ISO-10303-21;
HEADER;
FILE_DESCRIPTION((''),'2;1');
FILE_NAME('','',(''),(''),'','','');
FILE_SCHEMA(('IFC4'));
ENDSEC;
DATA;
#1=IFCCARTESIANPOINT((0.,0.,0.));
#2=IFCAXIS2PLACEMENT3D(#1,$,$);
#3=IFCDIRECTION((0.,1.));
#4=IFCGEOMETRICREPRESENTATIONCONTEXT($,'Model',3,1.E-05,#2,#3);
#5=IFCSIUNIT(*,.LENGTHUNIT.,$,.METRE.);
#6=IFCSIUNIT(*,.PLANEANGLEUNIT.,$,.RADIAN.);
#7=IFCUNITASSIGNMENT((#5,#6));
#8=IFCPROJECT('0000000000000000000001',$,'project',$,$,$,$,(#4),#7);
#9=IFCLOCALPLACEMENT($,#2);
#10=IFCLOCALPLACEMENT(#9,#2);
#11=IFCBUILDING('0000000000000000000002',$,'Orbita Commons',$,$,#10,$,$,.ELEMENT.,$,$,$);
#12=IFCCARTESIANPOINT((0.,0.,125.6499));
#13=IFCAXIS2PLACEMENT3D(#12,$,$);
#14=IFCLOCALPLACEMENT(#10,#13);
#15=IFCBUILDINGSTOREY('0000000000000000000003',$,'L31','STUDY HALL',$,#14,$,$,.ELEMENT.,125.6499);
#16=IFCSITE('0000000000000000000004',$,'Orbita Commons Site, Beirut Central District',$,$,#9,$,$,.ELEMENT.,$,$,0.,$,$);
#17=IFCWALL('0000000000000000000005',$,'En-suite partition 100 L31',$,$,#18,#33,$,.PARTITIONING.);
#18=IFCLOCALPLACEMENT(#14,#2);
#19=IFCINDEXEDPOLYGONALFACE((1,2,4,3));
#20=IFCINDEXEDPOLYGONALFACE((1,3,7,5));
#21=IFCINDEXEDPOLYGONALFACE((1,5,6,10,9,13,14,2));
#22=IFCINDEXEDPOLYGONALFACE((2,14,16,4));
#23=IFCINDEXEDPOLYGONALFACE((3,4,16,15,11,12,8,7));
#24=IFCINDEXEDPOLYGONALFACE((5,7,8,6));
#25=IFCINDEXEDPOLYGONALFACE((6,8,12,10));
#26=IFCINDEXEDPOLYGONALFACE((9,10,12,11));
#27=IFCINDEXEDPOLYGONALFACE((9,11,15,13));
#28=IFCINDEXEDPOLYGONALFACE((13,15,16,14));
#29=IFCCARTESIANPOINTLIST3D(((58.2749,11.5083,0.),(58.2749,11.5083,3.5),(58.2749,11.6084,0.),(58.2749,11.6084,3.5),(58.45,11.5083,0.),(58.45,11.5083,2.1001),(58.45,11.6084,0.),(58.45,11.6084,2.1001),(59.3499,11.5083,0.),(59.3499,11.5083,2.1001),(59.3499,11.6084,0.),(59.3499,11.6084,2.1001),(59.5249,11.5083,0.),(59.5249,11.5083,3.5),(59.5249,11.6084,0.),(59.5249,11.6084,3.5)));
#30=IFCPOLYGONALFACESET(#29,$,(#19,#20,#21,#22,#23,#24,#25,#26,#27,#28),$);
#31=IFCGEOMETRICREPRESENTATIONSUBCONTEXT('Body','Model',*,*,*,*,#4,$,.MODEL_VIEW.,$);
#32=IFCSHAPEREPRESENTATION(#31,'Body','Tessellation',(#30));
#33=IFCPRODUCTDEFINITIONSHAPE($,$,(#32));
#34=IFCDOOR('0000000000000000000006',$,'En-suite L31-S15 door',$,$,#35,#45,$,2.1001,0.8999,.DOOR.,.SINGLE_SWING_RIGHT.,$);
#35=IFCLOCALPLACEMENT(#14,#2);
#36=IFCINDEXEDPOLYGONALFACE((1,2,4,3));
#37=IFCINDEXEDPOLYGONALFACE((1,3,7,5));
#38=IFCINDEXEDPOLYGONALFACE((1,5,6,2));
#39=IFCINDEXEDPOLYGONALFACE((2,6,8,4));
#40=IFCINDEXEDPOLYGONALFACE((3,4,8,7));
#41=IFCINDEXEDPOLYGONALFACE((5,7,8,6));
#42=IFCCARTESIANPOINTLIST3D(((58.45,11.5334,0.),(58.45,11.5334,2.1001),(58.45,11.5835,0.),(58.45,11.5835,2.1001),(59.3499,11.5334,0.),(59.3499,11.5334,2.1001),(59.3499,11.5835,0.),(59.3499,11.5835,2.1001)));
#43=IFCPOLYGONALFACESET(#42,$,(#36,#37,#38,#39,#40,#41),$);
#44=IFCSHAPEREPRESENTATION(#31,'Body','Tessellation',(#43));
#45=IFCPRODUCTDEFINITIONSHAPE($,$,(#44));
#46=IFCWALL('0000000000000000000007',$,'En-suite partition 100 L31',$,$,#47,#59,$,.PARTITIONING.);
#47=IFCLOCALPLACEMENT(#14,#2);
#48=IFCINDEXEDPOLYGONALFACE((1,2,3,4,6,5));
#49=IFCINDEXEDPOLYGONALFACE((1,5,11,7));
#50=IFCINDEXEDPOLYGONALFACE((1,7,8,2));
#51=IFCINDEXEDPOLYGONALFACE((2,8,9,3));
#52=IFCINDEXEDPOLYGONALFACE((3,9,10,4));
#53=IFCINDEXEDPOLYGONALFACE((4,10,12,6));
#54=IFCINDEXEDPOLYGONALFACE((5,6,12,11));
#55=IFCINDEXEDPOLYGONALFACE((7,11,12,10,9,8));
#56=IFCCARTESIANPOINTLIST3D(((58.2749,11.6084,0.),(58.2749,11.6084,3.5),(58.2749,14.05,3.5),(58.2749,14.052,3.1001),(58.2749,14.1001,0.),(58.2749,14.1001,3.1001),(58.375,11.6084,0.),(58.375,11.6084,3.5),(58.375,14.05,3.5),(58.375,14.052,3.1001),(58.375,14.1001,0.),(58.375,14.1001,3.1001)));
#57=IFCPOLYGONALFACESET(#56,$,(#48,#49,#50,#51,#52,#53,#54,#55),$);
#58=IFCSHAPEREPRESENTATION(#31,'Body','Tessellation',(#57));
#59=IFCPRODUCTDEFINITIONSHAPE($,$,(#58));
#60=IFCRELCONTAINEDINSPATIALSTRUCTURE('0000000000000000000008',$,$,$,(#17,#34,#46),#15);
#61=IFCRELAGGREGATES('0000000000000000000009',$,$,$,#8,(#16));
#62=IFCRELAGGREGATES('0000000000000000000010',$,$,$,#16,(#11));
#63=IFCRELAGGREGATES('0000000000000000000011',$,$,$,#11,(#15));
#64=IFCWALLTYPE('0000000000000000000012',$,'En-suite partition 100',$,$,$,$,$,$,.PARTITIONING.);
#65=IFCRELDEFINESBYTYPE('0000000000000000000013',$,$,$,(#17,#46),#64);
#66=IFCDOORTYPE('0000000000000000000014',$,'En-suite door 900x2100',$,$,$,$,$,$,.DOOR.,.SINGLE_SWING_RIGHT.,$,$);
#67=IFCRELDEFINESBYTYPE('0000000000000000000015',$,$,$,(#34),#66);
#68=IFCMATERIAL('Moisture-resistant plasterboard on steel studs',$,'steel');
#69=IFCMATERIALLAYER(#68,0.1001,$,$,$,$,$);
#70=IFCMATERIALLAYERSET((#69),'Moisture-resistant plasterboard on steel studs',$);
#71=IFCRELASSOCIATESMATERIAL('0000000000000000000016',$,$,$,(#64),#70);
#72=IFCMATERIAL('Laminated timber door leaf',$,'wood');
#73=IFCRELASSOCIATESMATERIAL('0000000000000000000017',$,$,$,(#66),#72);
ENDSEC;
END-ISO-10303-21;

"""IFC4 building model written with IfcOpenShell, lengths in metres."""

from ifc_helpers import new_model, si_unit, direction, frame, frame_2d, origin, place, context, subcontext, project, spatial, polyline, rectangle, outline, extrude, material, layer, layer_set, type_object, element, fill, save


model = new_model("IFC4")

# Units and contexts
model_context = context("Model", 3, precision=1e-05, world=origin(), true_north=direction((0.0, 1.0)))
body_context = subcontext(model_context, "Body", "Model", "MODEL_VIEW")
ifc_project = project(units=[si_unit("LENGTHUNIT", "METRE"), si_unit("PLANEANGLEUNIT", "RADIAN")], contexts=[model_context])

# Site, building, storey
site_placement = place(None, origin())
site = spatial("IfcSite", under=ifc_project, at=site_placement, Name="Orbita Commons Site, Beirut Central District", CompositionType="ELEMENT", RefElevation=0.0)
building_placement = place(site_placement, origin())
building = spatial("IfcBuilding", under=site, at=building_placement, Name="Orbita Commons", CompositionType="ELEMENT")
storey_placement = place(building_placement, frame((0.0, 0.0, 125.6499)))
storey = spatial("IfcBuildingStorey", under=building, at=storey_placement, Name="L31", Description="STUDY HALL", CompositionType="ELEMENT", Elevation=125.6499)

# Shared definitions
ifc_material_1 = material(Name="Moisture-resistant plasterboard on steel studs", Category="steel")
ifc_layer_1 = layer(ifc_material_1, 0.1001)
ifc_layer_set_1 = layer_set([ifc_layer_1], Name="Moisture-resistant plasterboard on steel studs")
wall_type_1 = type_object("IfcWallType", Name="En-suite partition 100", PredefinedType="PARTITIONING", material=ifc_layer_set_1)
ifc_material_2 = material(Name="Laminated timber door leaf", Category="wood")
door_type_1 = type_object("IfcDoorType", Name="En-suite door 900x2100", OperationType="SINGLE_SWING_RIGHT", PredefinedType="DOOR", material=ifc_material_2)

# Wall, opening, door
wall_1_placement = place(storey_placement, frame((59.5249, 11.5583, 0.0), z_axis=(0.0, 0.0, 1.0), x_axis=(-1.0, 0.0, 0.0)))
wall_1 = element("IfcWall", 1, at=wall_1_placement, inside=storey, type_object=wall_type_1, Name="En-suite partition 100 L31", PredefinedType="PARTITIONING", context=body_context, shape_type="SweptSolid", body=[
    extrude(rectangle(XDim=1.25, YDim=0.1001, at=frame_2d((0.625, 0.0))), origin(), (0.0, 0.0, 1.0), 3.5),
])
opening_1_placement = place(wall_1_placement, frame((0.175, 0.0, 0.0)))
opening_1 = element("IfcOpeningElement", 2, at=opening_1_placement, cuts=wall_1, PredefinedType="OPENING", context=body_context, shape_type="SweptSolid", body=[
    extrude(rectangle(XDim=0.8999, YDim=2.1001, at=frame_2d((0.45, 1.05))), frame((0.0, 0.0601, 0.0), z_axis=(0.0, -1.0, 0.0), x_axis=(1.0, 0.0, 0.0)), (0.0, 0.0, 1.0), 0.1201),
])
door_1_placement = place(opening_1_placement, origin())
door_1 = element("IfcDoor", 3, at=door_1_placement, inside=storey, type_object=door_type_1, Name="En-suite L31-S15 door", OperationType="SINGLE_SWING_RIGHT", OverallHeight=2.1001, OverallWidth=0.8999, PredefinedType="DOOR", context=body_context, shape_type="SweptSolid", body=[
    extrude(rectangle(XDim=0.8999, YDim=2.1001, at=frame_2d((0.45, 1.05))), frame((0.0, 0.0249, 0.0), z_axis=(0.0, -1.0, 0.0), x_axis=(1.0, 0.0, 0.0)), (0.0, 0.0, 1.0), 0.05),
])
fill(opening_1, door_1)

# Wall
wall_2_placement = place(storey_placement, frame((58.325, 11.6084, 0.0), z_axis=(0.0, 0.0, 1.0), x_axis=(0.0, 1.0, 0.0)))
element("IfcWall", 4, at=wall_2_placement, inside=storey, type_object=wall_type_1, Name="En-suite partition 100 L31", PredefinedType="PARTITIONING", context=body_context, shape_type="SweptSolid", body=[
    extrude(outline(polyline([(0.0, 0.0), (2.4917, 0.0), (2.4917, 3.1001), (2.4436, 3.1001), (2.4417, 3.5), (0.0, 3.5), (0.0, 0.0)])), frame((0.0, 0.05, 0.0), z_axis=(0.0, -1.0, 0.0), x_axis=(1.0, 0.0, 0.0)), (0.0, 0.0, 1.0), 0.1001),
])

save(model, "model.ifc")
